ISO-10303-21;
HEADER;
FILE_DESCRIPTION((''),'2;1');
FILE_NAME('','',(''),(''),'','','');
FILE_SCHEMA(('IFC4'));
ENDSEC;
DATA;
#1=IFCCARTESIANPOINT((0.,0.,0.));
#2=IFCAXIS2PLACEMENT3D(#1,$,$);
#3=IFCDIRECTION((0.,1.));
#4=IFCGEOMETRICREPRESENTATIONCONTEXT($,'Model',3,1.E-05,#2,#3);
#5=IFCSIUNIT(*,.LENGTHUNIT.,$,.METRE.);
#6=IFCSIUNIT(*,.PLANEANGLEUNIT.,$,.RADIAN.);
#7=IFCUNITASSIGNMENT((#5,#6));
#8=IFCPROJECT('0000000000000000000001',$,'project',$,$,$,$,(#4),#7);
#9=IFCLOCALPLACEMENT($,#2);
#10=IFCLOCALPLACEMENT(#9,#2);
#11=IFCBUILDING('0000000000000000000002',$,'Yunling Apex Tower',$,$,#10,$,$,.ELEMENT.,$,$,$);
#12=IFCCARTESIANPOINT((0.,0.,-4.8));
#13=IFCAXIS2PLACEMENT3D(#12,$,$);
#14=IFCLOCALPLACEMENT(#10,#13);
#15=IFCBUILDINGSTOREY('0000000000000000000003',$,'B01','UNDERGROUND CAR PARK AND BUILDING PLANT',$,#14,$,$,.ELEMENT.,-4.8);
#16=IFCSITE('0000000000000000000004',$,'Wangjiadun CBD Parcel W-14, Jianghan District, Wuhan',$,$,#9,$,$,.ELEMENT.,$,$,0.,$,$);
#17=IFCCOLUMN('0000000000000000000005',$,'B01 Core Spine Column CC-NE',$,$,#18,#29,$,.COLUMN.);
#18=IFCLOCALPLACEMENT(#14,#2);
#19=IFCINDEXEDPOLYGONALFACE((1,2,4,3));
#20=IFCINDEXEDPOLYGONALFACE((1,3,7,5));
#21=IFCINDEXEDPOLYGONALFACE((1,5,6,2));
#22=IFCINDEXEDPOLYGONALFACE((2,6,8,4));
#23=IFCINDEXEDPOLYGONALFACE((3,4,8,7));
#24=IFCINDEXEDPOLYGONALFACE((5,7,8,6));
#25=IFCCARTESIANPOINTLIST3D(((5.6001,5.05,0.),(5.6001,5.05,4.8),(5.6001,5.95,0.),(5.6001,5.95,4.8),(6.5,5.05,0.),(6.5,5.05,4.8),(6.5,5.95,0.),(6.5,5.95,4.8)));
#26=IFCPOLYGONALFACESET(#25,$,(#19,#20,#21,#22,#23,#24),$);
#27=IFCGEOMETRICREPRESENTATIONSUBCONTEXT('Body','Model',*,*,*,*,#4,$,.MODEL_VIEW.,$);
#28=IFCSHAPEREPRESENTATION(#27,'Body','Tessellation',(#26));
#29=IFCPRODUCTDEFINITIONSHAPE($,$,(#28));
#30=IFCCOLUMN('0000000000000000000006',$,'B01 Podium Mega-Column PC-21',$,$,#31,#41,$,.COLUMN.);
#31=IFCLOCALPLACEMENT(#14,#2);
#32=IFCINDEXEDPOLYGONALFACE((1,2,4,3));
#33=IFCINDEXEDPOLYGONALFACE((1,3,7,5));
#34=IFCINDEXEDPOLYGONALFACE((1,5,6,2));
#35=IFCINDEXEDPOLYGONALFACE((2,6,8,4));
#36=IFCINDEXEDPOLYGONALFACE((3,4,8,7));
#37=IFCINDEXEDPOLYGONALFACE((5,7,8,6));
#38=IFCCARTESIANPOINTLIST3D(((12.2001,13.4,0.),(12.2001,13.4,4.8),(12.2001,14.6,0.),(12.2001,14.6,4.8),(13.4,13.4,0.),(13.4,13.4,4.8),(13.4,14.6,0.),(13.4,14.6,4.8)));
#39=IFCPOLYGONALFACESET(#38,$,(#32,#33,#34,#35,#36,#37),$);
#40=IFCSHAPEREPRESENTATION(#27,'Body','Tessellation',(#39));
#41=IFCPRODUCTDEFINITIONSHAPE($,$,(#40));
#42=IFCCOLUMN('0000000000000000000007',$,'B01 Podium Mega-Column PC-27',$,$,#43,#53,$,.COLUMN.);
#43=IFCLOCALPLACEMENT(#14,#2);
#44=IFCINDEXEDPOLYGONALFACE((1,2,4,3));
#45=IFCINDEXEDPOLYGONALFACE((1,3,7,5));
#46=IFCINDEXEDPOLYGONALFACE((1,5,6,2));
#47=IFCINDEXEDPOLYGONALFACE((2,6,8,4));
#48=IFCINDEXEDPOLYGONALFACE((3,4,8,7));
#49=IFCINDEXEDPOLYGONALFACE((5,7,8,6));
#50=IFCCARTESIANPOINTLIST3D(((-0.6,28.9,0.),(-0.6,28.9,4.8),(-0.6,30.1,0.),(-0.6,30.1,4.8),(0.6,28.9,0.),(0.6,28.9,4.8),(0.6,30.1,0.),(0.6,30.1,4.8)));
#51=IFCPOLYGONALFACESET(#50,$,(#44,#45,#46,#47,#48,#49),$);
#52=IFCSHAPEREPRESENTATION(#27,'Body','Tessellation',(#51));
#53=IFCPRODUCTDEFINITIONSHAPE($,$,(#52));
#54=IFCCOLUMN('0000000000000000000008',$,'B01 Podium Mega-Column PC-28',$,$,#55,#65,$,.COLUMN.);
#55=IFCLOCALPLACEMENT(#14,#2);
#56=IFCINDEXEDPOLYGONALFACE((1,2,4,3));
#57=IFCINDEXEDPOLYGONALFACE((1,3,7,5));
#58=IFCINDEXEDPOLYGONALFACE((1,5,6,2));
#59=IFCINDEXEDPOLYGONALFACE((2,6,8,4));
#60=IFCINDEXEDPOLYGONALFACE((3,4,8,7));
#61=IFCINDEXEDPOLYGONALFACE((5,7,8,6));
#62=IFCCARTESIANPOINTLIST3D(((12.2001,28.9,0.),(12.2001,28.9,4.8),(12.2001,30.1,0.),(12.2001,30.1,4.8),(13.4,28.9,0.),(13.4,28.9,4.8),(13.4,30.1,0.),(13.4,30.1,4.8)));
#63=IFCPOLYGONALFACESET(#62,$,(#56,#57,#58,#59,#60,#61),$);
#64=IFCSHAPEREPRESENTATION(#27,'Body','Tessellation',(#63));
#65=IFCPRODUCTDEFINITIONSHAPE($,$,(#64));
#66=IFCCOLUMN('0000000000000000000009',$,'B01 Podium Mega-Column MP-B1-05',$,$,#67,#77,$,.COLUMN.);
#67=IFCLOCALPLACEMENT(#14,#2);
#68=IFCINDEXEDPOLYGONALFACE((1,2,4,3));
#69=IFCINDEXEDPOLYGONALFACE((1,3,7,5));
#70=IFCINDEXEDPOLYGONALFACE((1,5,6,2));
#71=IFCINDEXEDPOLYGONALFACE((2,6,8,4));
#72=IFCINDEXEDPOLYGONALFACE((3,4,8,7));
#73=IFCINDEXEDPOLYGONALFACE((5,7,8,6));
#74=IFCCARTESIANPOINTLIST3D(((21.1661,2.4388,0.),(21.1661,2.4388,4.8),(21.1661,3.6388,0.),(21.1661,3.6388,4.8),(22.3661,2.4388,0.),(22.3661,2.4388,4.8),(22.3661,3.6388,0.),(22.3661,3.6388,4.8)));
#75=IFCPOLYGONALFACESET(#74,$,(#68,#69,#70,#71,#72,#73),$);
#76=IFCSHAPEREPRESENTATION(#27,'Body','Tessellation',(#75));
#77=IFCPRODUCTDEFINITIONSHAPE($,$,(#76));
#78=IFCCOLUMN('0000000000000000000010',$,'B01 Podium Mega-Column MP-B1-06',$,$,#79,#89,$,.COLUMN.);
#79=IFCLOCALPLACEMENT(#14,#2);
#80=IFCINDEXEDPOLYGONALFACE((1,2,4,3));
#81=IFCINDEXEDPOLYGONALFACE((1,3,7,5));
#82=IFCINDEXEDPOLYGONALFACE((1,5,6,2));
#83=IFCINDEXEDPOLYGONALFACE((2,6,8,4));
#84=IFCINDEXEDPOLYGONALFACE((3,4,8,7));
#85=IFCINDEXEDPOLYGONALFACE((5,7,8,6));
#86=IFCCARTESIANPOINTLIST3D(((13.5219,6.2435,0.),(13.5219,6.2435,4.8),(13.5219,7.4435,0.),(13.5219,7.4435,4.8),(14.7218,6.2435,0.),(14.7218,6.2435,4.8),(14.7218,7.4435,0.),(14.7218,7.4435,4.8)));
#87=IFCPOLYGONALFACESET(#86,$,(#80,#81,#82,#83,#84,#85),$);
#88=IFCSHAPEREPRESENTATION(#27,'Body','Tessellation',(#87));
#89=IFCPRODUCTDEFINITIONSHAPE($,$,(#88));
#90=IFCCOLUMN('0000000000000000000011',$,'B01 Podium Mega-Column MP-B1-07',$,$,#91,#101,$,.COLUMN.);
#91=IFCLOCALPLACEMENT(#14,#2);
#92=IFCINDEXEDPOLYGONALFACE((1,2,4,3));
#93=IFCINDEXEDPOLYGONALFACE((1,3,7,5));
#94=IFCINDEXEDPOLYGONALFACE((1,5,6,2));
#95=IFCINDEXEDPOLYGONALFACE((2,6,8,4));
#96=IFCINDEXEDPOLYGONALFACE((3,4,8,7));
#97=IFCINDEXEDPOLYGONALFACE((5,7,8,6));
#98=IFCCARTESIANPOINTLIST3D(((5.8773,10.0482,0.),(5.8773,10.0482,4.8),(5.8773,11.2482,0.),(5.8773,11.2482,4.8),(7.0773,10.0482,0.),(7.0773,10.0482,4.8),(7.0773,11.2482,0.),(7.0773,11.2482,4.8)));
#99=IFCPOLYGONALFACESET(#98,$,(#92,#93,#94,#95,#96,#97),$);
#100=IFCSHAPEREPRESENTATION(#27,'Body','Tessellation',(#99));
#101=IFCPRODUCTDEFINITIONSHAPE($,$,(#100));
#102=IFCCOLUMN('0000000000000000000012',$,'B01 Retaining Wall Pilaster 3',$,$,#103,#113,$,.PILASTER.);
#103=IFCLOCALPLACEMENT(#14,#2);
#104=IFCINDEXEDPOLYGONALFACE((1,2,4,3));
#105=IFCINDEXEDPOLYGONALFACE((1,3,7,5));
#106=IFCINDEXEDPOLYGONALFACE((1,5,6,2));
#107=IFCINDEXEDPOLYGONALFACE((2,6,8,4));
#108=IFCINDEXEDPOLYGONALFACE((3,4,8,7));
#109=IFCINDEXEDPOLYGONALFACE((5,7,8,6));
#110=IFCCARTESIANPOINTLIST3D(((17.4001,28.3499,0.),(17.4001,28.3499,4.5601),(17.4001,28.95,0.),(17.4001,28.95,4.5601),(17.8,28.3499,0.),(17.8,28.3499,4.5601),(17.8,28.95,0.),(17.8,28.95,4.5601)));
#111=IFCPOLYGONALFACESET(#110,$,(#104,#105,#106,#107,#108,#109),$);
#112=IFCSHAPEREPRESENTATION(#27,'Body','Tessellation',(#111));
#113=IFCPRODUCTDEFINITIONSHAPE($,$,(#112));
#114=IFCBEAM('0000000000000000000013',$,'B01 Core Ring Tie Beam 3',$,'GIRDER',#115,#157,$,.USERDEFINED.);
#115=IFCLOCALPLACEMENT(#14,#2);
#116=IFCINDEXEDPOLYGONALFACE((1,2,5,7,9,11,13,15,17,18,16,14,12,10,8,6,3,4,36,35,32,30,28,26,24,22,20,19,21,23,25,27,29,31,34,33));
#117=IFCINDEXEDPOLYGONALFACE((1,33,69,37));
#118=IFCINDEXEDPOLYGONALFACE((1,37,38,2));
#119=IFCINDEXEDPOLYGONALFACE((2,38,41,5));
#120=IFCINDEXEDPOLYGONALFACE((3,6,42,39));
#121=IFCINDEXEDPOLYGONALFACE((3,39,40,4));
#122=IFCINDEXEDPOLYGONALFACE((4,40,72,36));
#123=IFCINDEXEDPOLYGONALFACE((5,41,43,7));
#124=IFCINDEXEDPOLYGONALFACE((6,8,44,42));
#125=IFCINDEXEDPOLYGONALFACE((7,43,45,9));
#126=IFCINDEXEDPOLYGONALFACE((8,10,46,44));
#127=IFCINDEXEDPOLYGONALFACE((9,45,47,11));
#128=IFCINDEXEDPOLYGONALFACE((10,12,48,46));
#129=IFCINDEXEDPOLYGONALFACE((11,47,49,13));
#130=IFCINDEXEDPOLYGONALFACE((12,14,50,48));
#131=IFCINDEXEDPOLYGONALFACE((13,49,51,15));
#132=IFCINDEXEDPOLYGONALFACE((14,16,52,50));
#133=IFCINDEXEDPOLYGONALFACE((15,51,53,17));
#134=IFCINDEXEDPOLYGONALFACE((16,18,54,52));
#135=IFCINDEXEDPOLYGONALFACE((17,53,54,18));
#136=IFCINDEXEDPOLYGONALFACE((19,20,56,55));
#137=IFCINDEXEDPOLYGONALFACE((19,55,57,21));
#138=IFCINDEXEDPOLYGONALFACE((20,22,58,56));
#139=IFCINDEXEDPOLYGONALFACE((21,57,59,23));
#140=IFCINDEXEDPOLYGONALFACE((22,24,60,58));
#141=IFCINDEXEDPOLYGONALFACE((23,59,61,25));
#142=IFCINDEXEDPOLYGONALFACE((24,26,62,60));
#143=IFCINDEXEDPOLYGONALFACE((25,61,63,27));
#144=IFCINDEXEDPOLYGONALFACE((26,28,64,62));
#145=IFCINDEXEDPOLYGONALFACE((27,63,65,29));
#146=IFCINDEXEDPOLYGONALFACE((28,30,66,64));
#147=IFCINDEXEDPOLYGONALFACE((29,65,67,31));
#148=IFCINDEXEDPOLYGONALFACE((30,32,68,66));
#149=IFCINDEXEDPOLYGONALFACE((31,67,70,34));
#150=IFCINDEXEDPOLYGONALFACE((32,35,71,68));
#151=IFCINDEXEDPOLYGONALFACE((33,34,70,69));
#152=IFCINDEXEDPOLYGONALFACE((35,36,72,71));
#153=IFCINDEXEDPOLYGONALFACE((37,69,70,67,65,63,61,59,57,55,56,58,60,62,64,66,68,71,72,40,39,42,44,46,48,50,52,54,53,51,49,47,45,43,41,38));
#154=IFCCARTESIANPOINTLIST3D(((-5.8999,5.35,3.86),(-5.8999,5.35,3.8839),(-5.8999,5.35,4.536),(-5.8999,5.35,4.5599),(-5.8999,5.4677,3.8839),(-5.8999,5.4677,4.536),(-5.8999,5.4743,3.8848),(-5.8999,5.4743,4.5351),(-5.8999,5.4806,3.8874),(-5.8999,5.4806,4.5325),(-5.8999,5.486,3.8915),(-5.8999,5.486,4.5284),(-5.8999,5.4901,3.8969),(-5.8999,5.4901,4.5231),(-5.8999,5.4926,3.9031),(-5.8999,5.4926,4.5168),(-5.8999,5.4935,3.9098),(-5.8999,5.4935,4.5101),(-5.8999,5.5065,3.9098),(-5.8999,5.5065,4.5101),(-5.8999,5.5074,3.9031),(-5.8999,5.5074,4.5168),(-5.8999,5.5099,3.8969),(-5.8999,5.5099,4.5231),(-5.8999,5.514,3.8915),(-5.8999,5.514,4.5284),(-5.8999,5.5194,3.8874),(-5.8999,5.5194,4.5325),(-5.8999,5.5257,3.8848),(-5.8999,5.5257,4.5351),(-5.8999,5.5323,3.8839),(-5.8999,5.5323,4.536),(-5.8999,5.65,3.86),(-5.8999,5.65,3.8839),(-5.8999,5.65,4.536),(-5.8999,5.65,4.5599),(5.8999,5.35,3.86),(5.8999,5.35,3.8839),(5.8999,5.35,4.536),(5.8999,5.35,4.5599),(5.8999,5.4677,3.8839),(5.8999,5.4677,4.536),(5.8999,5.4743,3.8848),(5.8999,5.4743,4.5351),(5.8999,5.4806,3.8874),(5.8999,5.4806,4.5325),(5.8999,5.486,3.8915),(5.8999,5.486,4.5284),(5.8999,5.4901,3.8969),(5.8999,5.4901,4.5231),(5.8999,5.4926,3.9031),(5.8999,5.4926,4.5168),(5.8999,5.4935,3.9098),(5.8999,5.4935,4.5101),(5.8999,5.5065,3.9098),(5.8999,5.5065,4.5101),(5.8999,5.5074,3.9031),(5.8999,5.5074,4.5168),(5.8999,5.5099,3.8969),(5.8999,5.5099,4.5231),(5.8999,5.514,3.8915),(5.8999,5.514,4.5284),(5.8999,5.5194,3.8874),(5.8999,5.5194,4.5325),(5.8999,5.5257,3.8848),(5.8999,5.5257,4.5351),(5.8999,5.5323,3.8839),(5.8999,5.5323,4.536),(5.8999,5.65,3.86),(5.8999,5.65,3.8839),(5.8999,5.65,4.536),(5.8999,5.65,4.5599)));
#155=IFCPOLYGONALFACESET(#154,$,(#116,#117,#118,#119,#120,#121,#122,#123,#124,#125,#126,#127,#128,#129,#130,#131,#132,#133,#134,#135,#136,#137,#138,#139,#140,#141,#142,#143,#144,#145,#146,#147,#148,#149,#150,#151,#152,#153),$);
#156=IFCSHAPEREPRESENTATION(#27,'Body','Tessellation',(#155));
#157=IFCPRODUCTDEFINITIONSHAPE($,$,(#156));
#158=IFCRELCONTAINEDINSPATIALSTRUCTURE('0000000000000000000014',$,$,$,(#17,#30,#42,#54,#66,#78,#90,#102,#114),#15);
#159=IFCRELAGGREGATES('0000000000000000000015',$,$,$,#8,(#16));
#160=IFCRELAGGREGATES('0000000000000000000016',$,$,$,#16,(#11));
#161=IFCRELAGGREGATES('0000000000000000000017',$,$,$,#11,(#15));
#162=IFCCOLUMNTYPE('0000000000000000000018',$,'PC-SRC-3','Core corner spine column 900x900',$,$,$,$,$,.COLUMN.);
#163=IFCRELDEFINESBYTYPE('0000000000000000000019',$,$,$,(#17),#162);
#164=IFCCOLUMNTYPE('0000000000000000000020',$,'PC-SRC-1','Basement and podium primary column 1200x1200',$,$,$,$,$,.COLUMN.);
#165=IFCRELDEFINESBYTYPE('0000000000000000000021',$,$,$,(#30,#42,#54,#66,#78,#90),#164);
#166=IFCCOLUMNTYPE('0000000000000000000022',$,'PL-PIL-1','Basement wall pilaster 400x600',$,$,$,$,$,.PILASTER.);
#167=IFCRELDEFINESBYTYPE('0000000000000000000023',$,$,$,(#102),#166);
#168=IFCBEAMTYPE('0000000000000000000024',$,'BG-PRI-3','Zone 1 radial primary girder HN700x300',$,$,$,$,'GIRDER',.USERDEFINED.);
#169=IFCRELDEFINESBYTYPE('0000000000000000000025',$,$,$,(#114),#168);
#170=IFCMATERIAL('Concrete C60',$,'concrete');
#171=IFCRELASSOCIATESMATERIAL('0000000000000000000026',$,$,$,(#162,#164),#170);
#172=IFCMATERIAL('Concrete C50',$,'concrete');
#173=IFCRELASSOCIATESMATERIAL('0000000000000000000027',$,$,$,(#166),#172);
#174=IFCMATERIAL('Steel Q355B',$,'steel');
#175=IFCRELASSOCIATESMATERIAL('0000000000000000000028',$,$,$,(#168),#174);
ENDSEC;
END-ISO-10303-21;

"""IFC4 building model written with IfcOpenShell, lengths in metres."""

from ifc_helpers import new_model, si_unit, direction, frame, origin, origin_2d, place, context, subcontext, project, spatial, rectangle, i_section, extrude, source, transform, mapped, material, material_profile, profile_set, type_object, element, save


model = new_model("IFC4")

# Units and contexts
model_context = context("Model", 3, precision=1e-05, world=origin(), true_north=direction((0.0, 1.0)))
body_context = subcontext(model_context, "Body", "Model", "MODEL_VIEW")
ifc_project = project(units=[si_unit("LENGTHUNIT", "METRE"), si_unit("PLANEANGLEUNIT", "RADIAN")], contexts=[model_context])

# Site, building, storey
site_placement = place(None, origin())
site = spatial("IfcSite", under=ifc_project, at=site_placement, Name="Wangjiadun CBD Parcel W-14, Jianghan District, Wuhan", CompositionType="ELEMENT", RefElevation=0.0)
building_placement = place(site_placement, origin())
building = spatial("IfcBuilding", under=site, at=building_placement, Name="Yunling Apex Tower", CompositionType="ELEMENT")
storey_placement = place(building_placement, frame((0.0, 0.0, -4.8)))
storey = spatial("IfcBuildingStorey", under=building, at=storey_placement, Name="B01", Description="UNDERGROUND CAR PARK AND BUILDING PLANT", CompositionType="ELEMENT", Elevation=-4.8)

# Columns
ifc_material_1 = material(Name="Concrete C60", Category="concrete")
ifc_material_profile_1 = material_profile(ifc_material_1, rectangle(XDim=0.8999, YDim=0.8999, at=origin_2d()))
ifc_profile_set_1 = profile_set([ifc_material_profile_1], Name="Concrete C60")
column_type_1 = type_object("IfcColumnType", Name="PC-SRC-3", Description="Core corner spine column 900x900", PredefinedType="COLUMN", material=ifc_profile_set_1)
shared_shape_1 = source(origin(), body_context, "Body", "SweptSolid", [
    extrude(rectangle(XDim=0.8999, YDim=0.8999, at=origin_2d()), origin(), (0.0, 0.0, 1.0), 4.8),
])
column_1_placement = place(storey_placement, frame((6.05, 5.5, 0.0), z_axis=(0.0, 0.0, 1.0), x_axis=(1.0, 0.0, 0.0)))
element("IfcColumn", 1, at=column_1_placement, inside=storey, type_object=column_type_1, Name="B01 Core Spine Column CC-NE", PredefinedType="COLUMN", context=body_context, shape_type="MappedRepresentation", body=[
    mapped(shared_shape_1, transform((0.0, 0.0, 0.0), scale=1.0)),
])
ifc_material_profile_2 = material_profile(ifc_material_1, rectangle(XDim=1.2, YDim=1.2, at=origin_2d()))
ifc_profile_set_2 = profile_set([ifc_material_profile_2], Name="Concrete C60")
column_type_2 = type_object("IfcColumnType", Name="PC-SRC-1", Description="Basement and podium primary column 1200x1200", PredefinedType="COLUMN", material=ifc_profile_set_2)
shared_shape_2 = source(origin(), body_context, "Body", "SweptSolid", [
    extrude(rectangle(XDim=1.2, YDim=1.2, at=origin_2d()), origin(), (0.0, 0.0, 1.0), 4.8),
])
for number, where, z_axis, x_axis, name in (
    (2, (12.8, 14.0, 0.0), (0.0, 0.0, 1.0), (1.0, 0.0, 0.0), "B01 Podium Mega-Column PC-21"),
    (3, (0.0, 29.5, 0.0), (0.0, 0.0, 1.0), (1.0, 0.0, 0.0), "B01 Podium Mega-Column PC-27"),
    (4, (12.8, 29.5, 0.0), (0.0, 0.0, 1.0), (1.0, 0.0, 0.0), "B01 Podium Mega-Column PC-28"),
    (5, (21.7661, 3.0388, 0.0), (0.0, 0.0, 1.0), (1.0, 0.0, 0.0), "B01 Podium Mega-Column MP-B1-05"),
    (6, (14.1218, 6.8435, 0.0), (0.0, 0.0, 1.0), (1.0, 0.0, 0.0), "B01 Podium Mega-Column MP-B1-06"),
    (7, (6.4773, 10.6482, 0.0), (0.0, 0.0, 1.0), (1.0, 0.0, 0.0), "B01 Podium Mega-Column MP-B1-07"),
):
    element("IfcColumn", number, at=place(storey_placement, frame(where, z_axis=z_axis, x_axis=x_axis)), inside=storey, type_object=column_type_2, Name=name, PredefinedType="COLUMN", context=body_context, shape_type="MappedRepresentation", body=[
        mapped(shared_shape_2, transform((0.0, 0.0, 0.0), scale=1.0)),
    ])
ifc_material_2 = material(Name="Concrete C50", Category="concrete")
ifc_material_profile_3 = material_profile(ifc_material_2, rectangle(XDim=0.3999, YDim=0.6001, at=origin_2d()))
ifc_profile_set_3 = profile_set([ifc_material_profile_3], Name="Concrete C50")
column_type_3 = type_object("IfcColumnType", Name="PL-PIL-1", Description="Basement wall pilaster 400x600", PredefinedType="PILASTER", material=ifc_profile_set_3)
shared_shape_3 = source(origin(), body_context, "Body", "SweptSolid", [
    extrude(rectangle(XDim=0.3999, YDim=0.6001, at=origin_2d()), origin(), (0.0, 0.0, 1.0), 4.5601),
])
column_2_placement = place(storey_placement, frame((17.6001, 28.6499, 0.0), z_axis=(0.0, 0.0, 1.0), x_axis=(1.0, 0.0, 0.0)))
element("IfcColumn", 8, at=column_2_placement, inside=storey, type_object=column_type_3, Name="B01 Retaining Wall Pilaster 3", PredefinedType="PILASTER", context=body_context, shape_type="MappedRepresentation", body=[
    mapped(shared_shape_3, transform((0.0, 0.0, 0.0), scale=1.0)),
])

# Beam
ifc_material_3 = material(Name="Steel Q355B", Category="steel")
ifc_material_profile_4 = material_profile(ifc_material_3, i_section(OverallWidth=0.3, OverallDepth=0.7, WebThickness=0.0129, FlangeThickness=0.0239, FilletRadius=0.0259, at=origin_2d()))
ifc_profile_set_4 = profile_set([ifc_material_profile_4], Name="Steel Q355B")
beam_type_1 = type_object("IfcBeamType", Name="BG-PRI-3", Description="Zone 1 radial primary girder HN700x300", ElementType="GIRDER", PredefinedType="USERDEFINED", material=ifc_profile_set_4)
shared_shape_4 = source(origin(), body_context, "Body", "SweptSolid", [
    extrude(i_section(OverallWidth=0.3, OverallDepth=0.7, WebThickness=0.0129, FlangeThickness=0.0239, FilletRadius=0.0259, at=origin_2d()), origin(), (0.0, 0.0, 1.0), 11.7998),
])
beam_1_placement = place(storey_placement, frame((5.8999, 5.5, 4.21), z_axis=(-1.0, 0.0, 0.0), x_axis=(0.0, -1.0, 0.0)))
element("IfcBeam", 9, at=beam_1_placement, inside=storey, type_object=beam_type_1, Name="B01 Core Ring Tie Beam 3", ObjectType="GIRDER", PredefinedType="USERDEFINED", context=body_context, shape_type="MappedRepresentation", body=[
    mapped(shared_shape_4, transform((0.0, 0.0, 0.0), scale=1.0)),
])

save(model, "model.ifc")
